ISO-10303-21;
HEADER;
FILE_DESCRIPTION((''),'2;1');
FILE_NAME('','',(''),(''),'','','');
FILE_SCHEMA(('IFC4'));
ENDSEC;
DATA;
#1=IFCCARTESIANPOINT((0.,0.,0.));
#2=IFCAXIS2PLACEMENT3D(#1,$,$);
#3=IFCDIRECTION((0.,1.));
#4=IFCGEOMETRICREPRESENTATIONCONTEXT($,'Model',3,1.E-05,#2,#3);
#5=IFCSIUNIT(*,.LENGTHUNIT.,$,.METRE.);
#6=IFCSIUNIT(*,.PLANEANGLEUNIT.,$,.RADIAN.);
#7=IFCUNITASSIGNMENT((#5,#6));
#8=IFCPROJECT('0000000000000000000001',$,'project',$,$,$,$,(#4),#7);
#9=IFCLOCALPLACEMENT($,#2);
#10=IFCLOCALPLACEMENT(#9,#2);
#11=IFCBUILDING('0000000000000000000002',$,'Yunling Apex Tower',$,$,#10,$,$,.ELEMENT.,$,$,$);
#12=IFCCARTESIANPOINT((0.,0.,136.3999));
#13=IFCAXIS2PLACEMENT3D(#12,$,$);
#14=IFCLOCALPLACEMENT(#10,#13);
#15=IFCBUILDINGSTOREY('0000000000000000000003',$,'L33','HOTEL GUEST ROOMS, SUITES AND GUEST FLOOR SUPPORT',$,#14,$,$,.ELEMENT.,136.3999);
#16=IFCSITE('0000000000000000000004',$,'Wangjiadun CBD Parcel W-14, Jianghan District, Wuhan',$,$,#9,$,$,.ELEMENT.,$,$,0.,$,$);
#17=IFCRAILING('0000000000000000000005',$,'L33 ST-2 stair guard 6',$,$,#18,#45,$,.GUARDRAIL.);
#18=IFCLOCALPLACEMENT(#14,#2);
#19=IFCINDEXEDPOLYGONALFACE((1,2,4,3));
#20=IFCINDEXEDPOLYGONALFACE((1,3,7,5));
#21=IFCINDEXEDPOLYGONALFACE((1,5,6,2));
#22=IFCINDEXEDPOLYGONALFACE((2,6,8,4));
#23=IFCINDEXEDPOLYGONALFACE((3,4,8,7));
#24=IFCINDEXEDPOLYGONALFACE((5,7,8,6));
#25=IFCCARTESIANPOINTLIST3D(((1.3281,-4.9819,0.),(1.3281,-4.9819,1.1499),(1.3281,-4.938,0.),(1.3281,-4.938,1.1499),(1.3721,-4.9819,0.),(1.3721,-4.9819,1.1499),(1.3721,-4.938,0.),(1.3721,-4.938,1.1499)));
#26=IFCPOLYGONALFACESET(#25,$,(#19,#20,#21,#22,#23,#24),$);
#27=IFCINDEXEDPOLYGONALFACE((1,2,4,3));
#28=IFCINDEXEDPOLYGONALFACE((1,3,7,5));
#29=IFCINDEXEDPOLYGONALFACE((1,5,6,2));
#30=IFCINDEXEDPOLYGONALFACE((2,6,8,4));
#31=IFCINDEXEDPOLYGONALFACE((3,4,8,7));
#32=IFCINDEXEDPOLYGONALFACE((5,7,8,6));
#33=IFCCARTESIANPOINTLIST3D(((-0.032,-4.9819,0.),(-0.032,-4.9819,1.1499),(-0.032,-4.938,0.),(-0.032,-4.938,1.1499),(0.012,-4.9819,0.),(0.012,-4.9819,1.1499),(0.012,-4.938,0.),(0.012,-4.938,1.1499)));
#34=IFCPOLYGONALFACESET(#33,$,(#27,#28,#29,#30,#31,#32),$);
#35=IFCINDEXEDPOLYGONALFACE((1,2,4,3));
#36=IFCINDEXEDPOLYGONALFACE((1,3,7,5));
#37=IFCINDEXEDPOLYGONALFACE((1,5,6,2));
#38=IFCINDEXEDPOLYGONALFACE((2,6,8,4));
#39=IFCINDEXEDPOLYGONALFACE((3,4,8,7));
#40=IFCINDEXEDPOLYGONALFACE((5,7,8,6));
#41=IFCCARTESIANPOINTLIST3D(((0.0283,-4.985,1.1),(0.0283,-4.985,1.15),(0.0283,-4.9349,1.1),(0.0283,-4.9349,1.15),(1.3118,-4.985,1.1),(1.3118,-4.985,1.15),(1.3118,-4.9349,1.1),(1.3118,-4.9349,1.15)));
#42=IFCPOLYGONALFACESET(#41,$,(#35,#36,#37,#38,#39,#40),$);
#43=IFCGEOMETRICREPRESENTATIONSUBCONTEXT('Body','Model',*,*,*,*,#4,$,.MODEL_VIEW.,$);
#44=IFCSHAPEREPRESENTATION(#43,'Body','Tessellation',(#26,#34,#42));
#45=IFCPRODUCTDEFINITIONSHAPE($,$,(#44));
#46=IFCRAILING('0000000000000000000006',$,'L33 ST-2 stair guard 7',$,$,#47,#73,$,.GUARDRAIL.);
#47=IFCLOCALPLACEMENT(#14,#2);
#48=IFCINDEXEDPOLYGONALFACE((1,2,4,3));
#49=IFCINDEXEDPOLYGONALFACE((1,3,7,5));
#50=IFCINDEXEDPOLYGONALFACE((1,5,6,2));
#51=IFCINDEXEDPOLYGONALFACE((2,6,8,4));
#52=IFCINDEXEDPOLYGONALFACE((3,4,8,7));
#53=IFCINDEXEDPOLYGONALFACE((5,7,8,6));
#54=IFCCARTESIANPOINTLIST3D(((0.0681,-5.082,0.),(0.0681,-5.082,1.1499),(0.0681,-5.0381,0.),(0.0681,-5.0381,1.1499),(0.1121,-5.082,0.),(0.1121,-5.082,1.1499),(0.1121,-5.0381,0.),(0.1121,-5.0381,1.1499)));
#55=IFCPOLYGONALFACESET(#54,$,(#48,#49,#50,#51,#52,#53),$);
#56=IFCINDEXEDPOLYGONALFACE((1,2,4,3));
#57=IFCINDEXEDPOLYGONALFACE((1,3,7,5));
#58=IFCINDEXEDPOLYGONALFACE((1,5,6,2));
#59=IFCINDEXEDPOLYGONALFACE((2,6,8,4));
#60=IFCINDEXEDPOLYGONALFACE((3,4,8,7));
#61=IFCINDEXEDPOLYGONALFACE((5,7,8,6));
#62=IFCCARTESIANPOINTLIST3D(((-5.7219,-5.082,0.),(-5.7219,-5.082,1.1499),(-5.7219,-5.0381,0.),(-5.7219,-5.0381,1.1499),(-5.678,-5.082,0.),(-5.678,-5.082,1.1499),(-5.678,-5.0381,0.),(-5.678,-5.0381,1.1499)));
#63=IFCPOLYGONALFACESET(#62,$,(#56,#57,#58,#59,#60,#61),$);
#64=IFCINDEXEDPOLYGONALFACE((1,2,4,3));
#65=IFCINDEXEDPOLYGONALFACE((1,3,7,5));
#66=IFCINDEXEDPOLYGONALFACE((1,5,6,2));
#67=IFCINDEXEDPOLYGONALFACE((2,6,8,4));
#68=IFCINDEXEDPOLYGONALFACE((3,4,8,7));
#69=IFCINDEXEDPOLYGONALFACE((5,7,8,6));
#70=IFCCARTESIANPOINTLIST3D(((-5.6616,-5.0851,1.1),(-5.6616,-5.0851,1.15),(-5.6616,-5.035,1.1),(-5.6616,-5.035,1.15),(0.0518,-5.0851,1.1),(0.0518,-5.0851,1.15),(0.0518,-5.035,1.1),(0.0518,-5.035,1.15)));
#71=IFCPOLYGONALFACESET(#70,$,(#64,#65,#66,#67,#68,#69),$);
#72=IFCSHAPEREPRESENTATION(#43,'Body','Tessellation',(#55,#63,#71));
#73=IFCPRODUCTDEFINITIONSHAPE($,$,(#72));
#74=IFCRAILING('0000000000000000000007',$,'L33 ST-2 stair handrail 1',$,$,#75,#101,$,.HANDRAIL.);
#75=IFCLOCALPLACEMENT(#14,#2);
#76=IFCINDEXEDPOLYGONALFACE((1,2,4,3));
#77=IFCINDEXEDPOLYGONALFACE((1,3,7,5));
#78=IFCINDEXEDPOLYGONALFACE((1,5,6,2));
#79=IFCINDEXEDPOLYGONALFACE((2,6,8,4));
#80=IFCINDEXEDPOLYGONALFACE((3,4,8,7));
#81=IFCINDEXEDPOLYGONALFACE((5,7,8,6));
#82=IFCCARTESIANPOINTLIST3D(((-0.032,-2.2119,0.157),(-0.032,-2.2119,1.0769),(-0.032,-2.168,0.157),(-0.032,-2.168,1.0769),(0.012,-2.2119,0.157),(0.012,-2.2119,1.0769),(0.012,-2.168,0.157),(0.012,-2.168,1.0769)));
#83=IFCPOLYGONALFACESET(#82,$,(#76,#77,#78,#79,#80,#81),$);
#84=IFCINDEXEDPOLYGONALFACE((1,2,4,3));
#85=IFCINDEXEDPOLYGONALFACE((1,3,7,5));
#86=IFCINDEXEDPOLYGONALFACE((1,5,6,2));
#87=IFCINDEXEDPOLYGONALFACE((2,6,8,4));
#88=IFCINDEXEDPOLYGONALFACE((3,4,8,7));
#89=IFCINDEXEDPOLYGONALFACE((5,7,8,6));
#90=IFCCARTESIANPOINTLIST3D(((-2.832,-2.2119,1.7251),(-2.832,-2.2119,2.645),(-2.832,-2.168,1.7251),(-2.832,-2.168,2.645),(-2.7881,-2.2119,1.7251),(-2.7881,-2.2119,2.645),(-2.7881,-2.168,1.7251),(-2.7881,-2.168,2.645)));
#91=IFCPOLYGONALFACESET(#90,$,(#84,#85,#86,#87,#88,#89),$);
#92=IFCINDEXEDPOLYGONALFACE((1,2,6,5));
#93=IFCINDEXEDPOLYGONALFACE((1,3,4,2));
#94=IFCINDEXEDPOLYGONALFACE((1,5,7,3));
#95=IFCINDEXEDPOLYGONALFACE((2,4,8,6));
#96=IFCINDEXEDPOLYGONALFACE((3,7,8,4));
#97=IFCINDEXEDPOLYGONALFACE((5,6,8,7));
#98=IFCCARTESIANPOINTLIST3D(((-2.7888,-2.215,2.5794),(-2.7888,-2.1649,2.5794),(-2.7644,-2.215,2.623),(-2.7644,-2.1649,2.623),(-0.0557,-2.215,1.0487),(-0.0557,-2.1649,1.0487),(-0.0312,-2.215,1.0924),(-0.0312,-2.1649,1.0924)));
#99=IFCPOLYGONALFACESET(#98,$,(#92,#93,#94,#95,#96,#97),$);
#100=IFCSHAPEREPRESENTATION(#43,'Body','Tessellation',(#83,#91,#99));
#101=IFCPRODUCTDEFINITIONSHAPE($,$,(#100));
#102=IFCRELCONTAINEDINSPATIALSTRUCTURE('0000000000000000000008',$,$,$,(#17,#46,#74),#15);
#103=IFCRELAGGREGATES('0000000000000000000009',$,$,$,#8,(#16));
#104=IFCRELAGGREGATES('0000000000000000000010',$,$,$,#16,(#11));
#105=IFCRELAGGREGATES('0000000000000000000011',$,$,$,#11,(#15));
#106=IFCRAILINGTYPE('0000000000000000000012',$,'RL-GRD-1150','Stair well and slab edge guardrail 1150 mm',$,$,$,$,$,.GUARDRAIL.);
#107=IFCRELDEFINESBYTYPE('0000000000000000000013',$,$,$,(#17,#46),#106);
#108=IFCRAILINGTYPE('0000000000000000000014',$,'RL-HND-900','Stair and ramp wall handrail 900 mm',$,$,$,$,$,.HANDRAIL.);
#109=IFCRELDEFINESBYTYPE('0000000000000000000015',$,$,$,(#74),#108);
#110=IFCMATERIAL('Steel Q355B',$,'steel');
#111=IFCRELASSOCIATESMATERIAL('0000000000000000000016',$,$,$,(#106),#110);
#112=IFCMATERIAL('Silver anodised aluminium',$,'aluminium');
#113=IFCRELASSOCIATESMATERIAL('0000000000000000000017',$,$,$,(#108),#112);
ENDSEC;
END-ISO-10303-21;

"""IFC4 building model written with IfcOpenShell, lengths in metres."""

from ifc_helpers import new_model, si_unit, direction, frame, origin, origin_2d, place, context, subcontext, project, spatial, rectangle, extrude, material, type_object, element, save


model = new_model("IFC4")

# Units and contexts
model_context = context("Model", 3, precision=1e-05, world=origin(), true_north=direction((0.0, 1.0)))
body_context = subcontext(model_context, "Body", "Model", "MODEL_VIEW")
ifc_project = project(units=[si_unit("LENGTHUNIT", "METRE"), si_unit("PLANEANGLEUNIT", "RADIAN")], contexts=[model_context])

# Site, building, storey
site_placement = place(None, origin())
site = spatial("IfcSite", under=ifc_project, at=site_placement, Name="Wangjiadun CBD Parcel W-14, Jianghan District, Wuhan", CompositionType="ELEMENT", RefElevation=0.0)
building_placement = place(site_placement, origin())
building = spatial("IfcBuilding", under=site, at=building_placement, Name="Yunling Apex Tower", CompositionType="ELEMENT")
storey_placement = place(building_placement, frame((0.0, 0.0, 136.3999)))
storey = spatial("IfcBuildingStorey", under=building, at=storey_placement, Name="L33", Description="HOTEL GUEST ROOMS, SUITES AND GUEST FLOOR SUPPORT", CompositionType="ELEMENT", Elevation=136.3999)

# Shared definitions
ifc_material_1 = material(Name="Steel Q355B", Category="steel")

# Railings
railing_type_1 = type_object("IfcRailingType", Name="RL-GRD-1150", Description="Stair well and slab edge guardrail 1150 mm", PredefinedType="GUARDRAIL", material=ifc_material_1)
railing_1_placement = place(storey_placement, frame((1.3501, -4.96, 0.0)))
element("IfcRailing", 1, at=railing_1_placement, inside=storey, type_object=railing_type_1, Name="L33 ST-2 stair guard 6", PredefinedType="GUARDRAIL", context=body_context, shape_type="SweptSolid", body=[
    extrude(rectangle(XDim=0.0439, YDim=0.0439, at=origin_2d()), origin(), (0.0, 0.0, 1.0), 1.1499),
    extrude(rectangle(XDim=0.0439, YDim=0.0439, at=origin_2d()), frame((-1.3601, 0.0, 0.0)), (0.0, 0.0, 1.0), 1.1499),
    extrude(rectangle(XDim=0.05, YDim=0.05, at=origin_2d()), frame((-0.0383, 0.0, 1.125), z_axis=(-1.0, 0.0, 0.0), x_axis=(0.0, -1.0, 0.0)), (0.0, 0.0, 1.0), 1.2834),
])
railing_2_placement = place(storey_placement, frame((0.0901, -5.0601, 0.0)))
element("IfcRailing", 2, at=railing_2_placement, inside=storey, type_object=railing_type_1, Name="L33 ST-2 stair guard 7", PredefinedType="GUARDRAIL", context=body_context, shape_type="SweptSolid", body=[
    extrude(rectangle(XDim=0.0439, YDim=0.0439, at=origin_2d()), origin(), (0.0, 0.0, 1.0), 1.1499),
    extrude(rectangle(XDim=0.0439, YDim=0.0439, at=origin_2d()), frame((-5.79, 0.0, 0.0)), (0.0, 0.0, 1.0), 1.1499),
    extrude(rectangle(XDim=0.05, YDim=0.05, at=origin_2d()), frame((-0.0383, 0.0, 1.125), z_axis=(-1.0, 0.0, 0.0), x_axis=(0.0, -1.0, 0.0)), (0.0, 0.0, 1.0), 5.7134),
])
ifc_material_2 = material(Name="Silver anodised aluminium", Category="aluminium")
railing_type_2 = type_object("IfcRailingType", Name="RL-HND-900", Description="Stair and ramp wall handrail 900 mm", PredefinedType="HANDRAIL", material=ifc_material_2)
railing_3_placement = place(storey_placement, frame((-0.01, -2.1899, 0.157)))
element("IfcRailing", 3, at=railing_3_placement, inside=storey, type_object=railing_type_2, Name="L33 ST-2 stair handrail 1", PredefinedType="HANDRAIL", context=body_context, shape_type="SweptSolid", body=[
    extrude(rectangle(XDim=0.0439, YDim=0.0439, at=origin_2d()), origin(), (0.0, 0.0, 1.0), 0.9199),
    extrude(rectangle(XDim=0.0439, YDim=0.0439, at=origin_2d()), frame((-2.8, 0.0, 1.5681)), (0.0, 0.0, 1.0), 0.9199),
    extrude(rectangle(XDim=0.05, YDim=0.05, at=origin_2d()), frame((-0.0334, 0.0, 0.9136), z_axis=(-0.872494, 0.0, 0.488624), x_axis=(0.0, -1.0, 0.0)), (0.0, 0.0, 1.0), 3.1326),
])

save(model, "model.ifc")
